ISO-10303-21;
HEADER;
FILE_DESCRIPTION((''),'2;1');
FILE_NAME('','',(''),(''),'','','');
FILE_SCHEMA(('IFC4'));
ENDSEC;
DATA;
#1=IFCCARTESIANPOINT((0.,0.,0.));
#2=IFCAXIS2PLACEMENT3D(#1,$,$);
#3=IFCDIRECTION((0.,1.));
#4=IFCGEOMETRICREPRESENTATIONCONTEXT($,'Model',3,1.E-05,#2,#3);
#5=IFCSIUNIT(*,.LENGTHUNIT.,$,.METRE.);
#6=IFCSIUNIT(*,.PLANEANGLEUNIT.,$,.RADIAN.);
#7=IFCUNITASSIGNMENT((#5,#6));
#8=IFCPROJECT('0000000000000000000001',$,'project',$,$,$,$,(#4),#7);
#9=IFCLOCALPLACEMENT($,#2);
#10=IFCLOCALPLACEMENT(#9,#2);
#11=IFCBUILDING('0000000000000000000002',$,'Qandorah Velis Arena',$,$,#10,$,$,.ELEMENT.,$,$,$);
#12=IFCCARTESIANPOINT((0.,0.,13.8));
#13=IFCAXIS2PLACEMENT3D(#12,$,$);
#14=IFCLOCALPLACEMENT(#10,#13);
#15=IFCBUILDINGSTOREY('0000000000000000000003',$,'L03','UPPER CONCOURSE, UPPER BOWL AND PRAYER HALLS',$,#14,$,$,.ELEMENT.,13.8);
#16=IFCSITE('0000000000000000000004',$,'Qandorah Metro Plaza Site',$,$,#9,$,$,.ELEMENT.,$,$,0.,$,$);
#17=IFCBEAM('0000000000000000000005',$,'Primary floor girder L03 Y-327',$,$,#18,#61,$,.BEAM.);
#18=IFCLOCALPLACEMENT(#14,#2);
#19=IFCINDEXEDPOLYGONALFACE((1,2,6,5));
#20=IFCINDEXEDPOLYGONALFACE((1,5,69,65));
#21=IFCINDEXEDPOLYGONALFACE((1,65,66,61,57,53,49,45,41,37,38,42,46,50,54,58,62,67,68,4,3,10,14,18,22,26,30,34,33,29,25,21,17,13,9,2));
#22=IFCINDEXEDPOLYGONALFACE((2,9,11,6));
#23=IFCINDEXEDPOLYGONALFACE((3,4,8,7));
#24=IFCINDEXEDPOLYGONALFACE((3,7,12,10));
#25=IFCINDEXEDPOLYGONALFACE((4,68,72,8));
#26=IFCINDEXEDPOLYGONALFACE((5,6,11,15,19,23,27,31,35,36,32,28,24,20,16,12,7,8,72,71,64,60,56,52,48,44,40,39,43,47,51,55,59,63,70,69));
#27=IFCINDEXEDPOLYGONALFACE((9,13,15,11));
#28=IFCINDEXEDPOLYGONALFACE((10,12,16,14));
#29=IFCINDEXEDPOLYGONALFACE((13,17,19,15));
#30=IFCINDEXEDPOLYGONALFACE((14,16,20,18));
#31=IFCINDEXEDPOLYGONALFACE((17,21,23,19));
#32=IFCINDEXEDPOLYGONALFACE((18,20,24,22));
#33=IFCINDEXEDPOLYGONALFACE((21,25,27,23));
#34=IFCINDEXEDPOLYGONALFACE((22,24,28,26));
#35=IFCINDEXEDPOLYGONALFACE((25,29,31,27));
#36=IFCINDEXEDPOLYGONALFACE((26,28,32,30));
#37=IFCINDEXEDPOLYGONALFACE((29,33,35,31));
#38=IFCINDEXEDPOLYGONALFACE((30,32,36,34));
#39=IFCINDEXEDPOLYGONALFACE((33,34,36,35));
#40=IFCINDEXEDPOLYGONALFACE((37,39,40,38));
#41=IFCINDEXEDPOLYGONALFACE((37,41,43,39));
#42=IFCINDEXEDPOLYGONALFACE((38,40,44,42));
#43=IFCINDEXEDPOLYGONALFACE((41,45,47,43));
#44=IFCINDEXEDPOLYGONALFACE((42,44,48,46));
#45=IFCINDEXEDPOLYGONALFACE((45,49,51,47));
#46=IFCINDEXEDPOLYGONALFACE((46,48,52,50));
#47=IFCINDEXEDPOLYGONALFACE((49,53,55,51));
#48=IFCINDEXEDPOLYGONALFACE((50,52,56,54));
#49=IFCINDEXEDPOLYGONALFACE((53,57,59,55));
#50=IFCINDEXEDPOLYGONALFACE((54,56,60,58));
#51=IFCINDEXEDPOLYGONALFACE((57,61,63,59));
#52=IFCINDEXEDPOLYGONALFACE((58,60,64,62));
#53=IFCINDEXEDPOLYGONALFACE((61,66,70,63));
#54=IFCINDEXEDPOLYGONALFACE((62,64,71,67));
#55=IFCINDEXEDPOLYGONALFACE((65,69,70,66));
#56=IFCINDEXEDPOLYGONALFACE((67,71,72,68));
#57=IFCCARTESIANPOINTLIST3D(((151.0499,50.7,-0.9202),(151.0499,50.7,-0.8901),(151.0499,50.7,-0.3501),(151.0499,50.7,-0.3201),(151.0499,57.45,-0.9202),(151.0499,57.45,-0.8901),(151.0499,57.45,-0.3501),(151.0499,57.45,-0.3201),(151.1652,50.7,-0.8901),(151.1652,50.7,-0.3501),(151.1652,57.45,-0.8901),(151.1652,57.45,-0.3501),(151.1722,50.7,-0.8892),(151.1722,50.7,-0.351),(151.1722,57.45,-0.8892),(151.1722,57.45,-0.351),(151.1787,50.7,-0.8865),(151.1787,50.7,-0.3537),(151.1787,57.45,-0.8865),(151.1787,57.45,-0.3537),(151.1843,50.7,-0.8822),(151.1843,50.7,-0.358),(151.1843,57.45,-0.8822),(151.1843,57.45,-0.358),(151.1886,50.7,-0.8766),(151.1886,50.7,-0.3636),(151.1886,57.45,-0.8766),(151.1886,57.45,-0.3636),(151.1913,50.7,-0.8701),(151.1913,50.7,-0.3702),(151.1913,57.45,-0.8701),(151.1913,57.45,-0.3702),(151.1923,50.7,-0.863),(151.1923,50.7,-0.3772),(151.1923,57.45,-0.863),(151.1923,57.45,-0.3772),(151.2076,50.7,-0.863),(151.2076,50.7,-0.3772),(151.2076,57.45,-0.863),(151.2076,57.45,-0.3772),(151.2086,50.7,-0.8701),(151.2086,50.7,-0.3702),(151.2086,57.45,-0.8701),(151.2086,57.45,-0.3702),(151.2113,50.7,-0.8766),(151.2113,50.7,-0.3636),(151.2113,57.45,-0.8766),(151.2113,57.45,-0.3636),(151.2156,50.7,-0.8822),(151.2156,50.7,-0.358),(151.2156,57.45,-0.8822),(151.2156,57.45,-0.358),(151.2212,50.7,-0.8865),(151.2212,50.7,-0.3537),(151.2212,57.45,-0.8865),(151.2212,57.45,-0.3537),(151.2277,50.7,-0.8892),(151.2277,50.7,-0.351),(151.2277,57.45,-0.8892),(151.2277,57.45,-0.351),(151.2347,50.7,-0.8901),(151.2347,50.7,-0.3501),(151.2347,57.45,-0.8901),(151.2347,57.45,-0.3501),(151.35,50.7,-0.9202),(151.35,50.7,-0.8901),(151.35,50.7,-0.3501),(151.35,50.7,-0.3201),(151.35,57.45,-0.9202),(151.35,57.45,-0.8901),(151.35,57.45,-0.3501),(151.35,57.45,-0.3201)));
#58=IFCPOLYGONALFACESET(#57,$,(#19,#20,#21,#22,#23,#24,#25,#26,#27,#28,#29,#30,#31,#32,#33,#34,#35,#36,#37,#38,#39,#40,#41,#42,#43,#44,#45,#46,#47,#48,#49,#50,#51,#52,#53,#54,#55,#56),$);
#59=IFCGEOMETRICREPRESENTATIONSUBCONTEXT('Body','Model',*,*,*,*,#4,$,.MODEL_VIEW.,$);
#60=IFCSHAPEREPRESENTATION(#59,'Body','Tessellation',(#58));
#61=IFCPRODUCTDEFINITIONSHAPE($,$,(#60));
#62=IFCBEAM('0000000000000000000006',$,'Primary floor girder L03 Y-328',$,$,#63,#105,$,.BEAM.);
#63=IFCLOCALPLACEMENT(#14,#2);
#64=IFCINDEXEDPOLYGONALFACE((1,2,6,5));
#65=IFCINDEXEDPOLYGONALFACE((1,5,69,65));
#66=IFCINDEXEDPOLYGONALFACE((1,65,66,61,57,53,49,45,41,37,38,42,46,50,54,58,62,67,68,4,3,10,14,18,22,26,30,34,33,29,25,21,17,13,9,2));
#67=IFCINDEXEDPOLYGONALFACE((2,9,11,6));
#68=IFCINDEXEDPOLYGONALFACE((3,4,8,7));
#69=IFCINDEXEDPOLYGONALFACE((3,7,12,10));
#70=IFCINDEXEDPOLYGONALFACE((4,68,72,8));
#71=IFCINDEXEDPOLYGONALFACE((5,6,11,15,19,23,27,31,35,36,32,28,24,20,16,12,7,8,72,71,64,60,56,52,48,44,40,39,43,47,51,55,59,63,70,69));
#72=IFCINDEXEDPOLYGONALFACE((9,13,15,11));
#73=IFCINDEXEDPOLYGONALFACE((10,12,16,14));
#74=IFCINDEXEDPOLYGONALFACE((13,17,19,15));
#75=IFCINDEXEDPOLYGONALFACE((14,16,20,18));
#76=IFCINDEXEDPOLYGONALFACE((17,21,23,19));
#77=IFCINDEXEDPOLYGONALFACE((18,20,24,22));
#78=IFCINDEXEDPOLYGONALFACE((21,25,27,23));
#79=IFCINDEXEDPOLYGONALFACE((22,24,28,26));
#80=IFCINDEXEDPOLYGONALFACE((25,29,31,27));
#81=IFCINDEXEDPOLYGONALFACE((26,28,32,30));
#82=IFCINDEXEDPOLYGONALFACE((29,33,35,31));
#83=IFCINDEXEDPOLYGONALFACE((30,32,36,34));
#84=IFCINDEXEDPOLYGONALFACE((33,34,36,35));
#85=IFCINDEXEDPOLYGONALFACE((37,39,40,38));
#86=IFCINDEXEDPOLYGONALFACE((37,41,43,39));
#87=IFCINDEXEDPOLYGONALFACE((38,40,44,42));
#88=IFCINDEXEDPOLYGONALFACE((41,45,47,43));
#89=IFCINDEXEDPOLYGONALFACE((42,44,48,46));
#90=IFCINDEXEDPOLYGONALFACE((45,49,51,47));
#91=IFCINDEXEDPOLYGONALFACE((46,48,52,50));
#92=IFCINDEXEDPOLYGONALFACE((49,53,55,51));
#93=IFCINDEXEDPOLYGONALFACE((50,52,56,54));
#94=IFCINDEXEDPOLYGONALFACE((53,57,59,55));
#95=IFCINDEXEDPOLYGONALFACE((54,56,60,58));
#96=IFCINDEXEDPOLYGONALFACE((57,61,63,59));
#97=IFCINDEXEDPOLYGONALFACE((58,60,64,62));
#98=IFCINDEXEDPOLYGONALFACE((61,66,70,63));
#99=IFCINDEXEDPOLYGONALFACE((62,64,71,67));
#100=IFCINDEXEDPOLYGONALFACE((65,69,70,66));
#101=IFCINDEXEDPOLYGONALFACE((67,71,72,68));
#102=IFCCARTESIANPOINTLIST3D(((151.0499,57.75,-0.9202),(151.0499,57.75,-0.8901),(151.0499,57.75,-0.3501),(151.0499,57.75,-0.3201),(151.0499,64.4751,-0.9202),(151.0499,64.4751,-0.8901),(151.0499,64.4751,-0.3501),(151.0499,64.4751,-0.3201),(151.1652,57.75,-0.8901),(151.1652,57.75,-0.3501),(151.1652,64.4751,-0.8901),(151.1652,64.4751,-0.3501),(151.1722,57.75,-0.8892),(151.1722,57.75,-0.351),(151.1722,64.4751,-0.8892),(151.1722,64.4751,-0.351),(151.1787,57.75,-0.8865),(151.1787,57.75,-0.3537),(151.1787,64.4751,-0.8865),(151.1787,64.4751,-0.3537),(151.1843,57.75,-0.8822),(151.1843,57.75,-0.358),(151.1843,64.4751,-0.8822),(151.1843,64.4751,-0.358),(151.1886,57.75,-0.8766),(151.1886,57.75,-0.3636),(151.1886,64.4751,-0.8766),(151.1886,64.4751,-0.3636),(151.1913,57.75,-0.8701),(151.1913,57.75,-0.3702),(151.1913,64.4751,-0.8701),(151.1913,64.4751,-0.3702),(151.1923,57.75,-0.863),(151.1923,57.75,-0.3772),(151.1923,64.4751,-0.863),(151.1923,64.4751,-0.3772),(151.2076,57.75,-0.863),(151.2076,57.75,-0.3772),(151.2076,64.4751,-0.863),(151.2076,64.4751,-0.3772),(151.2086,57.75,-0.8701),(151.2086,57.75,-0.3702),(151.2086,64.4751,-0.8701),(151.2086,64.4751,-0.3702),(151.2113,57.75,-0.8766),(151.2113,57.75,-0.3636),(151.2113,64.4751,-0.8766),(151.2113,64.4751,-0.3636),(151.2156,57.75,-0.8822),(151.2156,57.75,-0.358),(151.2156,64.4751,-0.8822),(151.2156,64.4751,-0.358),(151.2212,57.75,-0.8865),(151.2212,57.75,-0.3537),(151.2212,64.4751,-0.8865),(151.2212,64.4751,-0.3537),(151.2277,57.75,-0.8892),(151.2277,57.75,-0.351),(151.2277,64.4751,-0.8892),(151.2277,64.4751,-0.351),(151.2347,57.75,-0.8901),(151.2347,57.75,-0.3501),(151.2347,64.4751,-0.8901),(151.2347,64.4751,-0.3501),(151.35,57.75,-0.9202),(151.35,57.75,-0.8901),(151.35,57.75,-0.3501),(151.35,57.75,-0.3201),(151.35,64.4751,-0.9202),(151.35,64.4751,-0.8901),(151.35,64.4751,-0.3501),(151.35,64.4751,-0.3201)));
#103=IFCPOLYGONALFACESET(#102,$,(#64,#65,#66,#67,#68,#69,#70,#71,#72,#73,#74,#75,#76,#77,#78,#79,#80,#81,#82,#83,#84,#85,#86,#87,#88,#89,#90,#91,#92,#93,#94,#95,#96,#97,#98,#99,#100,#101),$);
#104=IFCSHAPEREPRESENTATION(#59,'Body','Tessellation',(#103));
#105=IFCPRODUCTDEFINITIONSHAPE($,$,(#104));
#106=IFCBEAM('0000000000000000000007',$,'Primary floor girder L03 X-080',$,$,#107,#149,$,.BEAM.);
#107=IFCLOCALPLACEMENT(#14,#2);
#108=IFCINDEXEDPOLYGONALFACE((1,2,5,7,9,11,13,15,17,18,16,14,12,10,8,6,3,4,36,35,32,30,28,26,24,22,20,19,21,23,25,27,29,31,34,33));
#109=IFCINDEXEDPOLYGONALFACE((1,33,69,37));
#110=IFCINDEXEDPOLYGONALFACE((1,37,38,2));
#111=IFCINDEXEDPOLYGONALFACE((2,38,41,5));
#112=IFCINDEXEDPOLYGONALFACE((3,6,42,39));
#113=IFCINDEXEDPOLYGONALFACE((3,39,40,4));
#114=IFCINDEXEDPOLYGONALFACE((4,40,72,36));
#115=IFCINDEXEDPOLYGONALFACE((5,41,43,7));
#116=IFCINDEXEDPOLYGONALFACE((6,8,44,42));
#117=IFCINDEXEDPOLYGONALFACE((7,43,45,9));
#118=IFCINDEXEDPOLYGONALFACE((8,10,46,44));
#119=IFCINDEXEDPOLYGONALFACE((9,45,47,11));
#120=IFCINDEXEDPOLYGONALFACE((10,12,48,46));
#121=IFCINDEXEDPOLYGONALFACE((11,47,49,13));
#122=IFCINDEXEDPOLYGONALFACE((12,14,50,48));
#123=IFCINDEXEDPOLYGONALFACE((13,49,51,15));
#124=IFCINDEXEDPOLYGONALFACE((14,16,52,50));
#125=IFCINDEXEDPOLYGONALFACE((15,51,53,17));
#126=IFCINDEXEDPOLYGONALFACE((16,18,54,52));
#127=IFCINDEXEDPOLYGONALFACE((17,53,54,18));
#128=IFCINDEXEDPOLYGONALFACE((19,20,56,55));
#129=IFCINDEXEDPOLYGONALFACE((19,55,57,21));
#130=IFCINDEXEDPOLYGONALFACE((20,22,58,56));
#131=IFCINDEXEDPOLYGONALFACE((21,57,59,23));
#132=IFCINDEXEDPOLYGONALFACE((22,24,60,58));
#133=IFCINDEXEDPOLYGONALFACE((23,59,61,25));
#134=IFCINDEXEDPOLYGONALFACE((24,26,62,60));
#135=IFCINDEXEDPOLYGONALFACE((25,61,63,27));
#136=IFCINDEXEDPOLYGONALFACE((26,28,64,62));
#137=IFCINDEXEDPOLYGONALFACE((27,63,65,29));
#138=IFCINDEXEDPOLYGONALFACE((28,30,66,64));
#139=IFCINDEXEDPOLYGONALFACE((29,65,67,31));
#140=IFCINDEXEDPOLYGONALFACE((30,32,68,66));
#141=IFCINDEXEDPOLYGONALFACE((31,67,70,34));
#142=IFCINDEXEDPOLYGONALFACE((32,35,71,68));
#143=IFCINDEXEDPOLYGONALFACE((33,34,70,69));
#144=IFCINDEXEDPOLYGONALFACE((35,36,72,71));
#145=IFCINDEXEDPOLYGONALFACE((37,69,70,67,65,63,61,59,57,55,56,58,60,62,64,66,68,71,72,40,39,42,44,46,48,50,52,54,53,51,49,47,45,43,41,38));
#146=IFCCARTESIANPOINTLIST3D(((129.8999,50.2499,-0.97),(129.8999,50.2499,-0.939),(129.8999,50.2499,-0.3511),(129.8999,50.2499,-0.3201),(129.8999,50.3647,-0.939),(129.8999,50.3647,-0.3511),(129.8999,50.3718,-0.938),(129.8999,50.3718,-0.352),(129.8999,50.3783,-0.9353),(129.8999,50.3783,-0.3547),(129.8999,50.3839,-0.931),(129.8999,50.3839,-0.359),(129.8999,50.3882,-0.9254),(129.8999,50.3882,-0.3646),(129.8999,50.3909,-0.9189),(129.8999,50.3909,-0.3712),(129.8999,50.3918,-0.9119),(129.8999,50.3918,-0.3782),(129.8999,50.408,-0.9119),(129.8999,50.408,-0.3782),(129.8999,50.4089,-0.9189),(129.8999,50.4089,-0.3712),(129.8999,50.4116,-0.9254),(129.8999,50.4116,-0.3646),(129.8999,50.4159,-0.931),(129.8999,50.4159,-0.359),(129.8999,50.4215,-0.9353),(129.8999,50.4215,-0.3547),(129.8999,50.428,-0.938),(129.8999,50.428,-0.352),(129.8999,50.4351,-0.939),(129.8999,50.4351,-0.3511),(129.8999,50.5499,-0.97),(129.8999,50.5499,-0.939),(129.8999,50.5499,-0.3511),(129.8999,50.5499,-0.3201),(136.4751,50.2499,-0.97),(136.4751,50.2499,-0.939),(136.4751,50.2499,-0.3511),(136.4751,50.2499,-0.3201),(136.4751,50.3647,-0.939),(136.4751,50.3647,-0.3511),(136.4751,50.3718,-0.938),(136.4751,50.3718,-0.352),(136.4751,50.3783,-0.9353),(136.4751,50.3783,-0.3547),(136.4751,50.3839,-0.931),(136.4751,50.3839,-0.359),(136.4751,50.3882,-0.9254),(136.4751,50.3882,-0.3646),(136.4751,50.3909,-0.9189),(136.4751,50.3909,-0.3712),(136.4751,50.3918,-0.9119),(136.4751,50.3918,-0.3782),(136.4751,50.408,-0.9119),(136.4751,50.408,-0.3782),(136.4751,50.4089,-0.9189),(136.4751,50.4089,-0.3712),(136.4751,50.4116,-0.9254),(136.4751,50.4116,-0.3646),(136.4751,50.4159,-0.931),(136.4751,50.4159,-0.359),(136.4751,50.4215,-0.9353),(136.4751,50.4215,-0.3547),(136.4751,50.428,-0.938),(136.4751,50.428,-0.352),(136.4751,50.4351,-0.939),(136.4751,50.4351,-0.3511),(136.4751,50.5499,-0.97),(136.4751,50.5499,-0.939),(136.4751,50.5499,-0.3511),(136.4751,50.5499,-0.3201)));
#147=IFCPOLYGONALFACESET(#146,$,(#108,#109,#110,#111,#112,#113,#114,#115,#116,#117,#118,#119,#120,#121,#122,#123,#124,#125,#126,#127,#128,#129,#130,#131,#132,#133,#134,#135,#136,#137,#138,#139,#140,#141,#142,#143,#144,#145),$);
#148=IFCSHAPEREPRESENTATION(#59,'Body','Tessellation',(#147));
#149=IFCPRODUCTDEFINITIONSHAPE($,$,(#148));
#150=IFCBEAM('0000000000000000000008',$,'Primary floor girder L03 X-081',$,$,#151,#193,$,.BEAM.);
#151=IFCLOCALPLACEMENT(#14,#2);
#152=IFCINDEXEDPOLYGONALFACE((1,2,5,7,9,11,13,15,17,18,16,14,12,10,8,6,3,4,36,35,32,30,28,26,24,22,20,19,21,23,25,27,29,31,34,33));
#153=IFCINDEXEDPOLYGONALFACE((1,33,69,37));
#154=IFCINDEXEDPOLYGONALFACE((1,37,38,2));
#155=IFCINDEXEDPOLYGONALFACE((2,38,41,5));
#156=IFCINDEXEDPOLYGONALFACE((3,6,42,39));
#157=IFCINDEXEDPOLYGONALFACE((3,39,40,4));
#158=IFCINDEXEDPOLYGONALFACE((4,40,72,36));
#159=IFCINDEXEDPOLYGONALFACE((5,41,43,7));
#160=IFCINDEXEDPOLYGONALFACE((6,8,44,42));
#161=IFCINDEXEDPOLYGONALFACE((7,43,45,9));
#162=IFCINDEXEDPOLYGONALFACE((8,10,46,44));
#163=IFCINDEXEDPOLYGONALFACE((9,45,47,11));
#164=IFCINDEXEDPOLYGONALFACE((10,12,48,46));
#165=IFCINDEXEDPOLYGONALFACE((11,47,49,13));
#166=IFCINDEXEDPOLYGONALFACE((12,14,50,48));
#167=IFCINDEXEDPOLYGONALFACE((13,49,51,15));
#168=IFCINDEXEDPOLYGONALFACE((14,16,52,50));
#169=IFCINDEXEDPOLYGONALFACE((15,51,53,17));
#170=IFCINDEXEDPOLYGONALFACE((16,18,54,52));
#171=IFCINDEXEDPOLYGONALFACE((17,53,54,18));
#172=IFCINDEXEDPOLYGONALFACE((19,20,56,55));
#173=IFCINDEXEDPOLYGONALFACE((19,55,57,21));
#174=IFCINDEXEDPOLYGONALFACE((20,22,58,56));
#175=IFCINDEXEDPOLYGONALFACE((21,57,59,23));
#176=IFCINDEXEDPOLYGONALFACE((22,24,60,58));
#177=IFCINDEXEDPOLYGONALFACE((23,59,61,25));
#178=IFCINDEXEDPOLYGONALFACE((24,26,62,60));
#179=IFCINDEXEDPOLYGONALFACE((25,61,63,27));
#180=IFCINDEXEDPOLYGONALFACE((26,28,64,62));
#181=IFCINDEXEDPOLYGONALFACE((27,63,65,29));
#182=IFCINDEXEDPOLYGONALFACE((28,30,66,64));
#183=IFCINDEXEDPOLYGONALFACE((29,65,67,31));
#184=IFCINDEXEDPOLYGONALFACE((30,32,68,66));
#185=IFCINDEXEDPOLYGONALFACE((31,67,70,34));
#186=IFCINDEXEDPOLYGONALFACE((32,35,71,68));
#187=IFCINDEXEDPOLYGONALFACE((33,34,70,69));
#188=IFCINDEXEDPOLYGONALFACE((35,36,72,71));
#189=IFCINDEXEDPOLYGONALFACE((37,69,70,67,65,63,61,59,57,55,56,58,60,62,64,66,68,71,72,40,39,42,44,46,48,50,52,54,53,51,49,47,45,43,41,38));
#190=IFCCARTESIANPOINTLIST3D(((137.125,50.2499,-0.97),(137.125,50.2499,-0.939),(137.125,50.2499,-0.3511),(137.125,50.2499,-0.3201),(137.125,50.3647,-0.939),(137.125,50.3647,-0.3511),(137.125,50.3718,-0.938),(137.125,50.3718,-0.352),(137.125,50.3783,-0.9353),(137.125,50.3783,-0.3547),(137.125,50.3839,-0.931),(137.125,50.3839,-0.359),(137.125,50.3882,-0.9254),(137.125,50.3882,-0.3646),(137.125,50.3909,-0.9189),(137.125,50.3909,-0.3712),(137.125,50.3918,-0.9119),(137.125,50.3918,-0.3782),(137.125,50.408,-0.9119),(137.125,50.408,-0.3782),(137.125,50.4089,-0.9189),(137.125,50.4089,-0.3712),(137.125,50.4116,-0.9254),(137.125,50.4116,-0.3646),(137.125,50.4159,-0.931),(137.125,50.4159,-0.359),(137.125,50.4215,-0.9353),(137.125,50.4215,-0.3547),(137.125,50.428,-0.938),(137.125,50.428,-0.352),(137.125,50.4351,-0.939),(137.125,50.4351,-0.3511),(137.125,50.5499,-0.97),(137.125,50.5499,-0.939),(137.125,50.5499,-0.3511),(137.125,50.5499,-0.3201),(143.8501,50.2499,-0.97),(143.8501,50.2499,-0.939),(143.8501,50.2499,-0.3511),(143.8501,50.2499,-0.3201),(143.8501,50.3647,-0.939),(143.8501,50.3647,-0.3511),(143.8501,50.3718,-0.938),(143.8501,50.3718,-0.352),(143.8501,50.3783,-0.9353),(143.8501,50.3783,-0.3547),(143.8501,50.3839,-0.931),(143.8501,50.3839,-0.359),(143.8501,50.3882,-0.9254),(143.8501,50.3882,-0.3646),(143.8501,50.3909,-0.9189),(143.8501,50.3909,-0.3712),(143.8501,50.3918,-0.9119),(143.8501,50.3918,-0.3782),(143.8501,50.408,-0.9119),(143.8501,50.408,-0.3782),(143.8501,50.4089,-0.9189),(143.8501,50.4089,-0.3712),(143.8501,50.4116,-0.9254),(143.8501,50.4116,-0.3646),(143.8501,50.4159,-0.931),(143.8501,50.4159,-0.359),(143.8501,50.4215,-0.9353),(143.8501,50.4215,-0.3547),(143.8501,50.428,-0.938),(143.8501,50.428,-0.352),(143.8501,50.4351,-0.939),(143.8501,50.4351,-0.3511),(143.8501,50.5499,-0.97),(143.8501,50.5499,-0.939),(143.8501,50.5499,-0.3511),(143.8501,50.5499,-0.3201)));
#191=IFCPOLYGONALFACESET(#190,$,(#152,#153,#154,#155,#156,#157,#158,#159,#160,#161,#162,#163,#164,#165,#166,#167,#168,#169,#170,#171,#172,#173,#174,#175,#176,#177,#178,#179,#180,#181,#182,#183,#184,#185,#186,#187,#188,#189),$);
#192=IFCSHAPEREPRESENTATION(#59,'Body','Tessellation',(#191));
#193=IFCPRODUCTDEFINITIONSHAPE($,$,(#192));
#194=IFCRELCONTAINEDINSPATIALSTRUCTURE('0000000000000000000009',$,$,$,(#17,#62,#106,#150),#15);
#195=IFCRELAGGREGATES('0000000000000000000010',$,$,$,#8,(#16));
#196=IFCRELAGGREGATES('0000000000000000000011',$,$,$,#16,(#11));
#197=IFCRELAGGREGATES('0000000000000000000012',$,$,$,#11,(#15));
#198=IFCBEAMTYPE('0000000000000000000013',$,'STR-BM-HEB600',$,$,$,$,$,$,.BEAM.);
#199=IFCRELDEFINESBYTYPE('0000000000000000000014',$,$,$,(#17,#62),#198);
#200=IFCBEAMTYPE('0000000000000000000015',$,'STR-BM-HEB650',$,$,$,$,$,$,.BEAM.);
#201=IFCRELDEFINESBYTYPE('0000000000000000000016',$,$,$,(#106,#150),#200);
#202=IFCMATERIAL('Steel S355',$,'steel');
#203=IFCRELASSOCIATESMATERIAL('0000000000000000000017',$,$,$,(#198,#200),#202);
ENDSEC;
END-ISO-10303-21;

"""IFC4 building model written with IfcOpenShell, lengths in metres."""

from ifc_helpers import new_model, si_unit, direction, frame, origin, origin_2d, place, context, subcontext, project, spatial, i_section, extrude, material, material_profile, profile_set, type_object, element, save


model = new_model("IFC4")

# Units and contexts
model_context = context("Model", 3, precision=1e-05, world=origin(), true_north=direction((0.0, 1.0)))
body_context = subcontext(model_context, "Body", "Model", "MODEL_VIEW")
ifc_project = project(units=[si_unit("LENGTHUNIT", "METRE"), si_unit("PLANEANGLEUNIT", "RADIAN")], contexts=[model_context])

# Site, building, storey
site_placement = place(None, origin())
site = spatial("IfcSite", under=ifc_project, at=site_placement, Name="Qandorah Metro Plaza Site", CompositionType="ELEMENT", RefElevation=0.0)
building_placement = place(site_placement, origin())
building = spatial("IfcBuilding", under=site, at=building_placement, Name="Qandorah Velis Arena", CompositionType="ELEMENT")
storey_placement = place(building_placement, frame((0.0, 0.0, 13.8)))
storey = spatial("IfcBuildingStorey", under=building, at=storey_placement, Name="L03", Description="UPPER CONCOURSE, UPPER BOWL AND PRAYER HALLS", CompositionType="ELEMENT", Elevation=13.8)

# Beams
ifc_material_1 = material(Name="Steel S355", Category="steel")
ifc_material_profile_1 = material_profile(ifc_material_1, i_section(OverallWidth=0.3, OverallDepth=0.6001, WebThickness=0.0154, FlangeThickness=0.03, FilletRadius=0.0271, at=origin_2d()), Name="HEB 600")
ifc_profile_set_1 = profile_set([ifc_material_profile_1], Name="Steel S355")
beam_type_1 = type_object("IfcBeamType", Name="STR-BM-HEB600", PredefinedType="BEAM", material=ifc_profile_set_1)
beam_1_placement = place(storey_placement, frame((151.2, 50.7, -0.6201), z_axis=(0.0, 1.0, 0.0), x_axis=(-1.0, 0.0, 0.0)))
element("IfcBeam", 1, at=beam_1_placement, inside=storey, type_object=beam_type_1, Name="Primary floor girder L03 Y-327", PredefinedType="BEAM", context=body_context, shape_type="SweptSolid", body=[
    extrude(i_section(OverallWidth=0.3, OverallDepth=0.6001, WebThickness=0.0154, FlangeThickness=0.03, FilletRadius=0.0271, at=origin_2d()), origin(), (0.0, 0.0, 1.0), 6.75),
])
beam_2_placement = place(storey_placement, frame((151.2, 57.75, -0.6201), z_axis=(0.0, 1.0, 0.0), x_axis=(-1.0, 0.0, 0.0)))
element("IfcBeam", 2, at=beam_2_placement, inside=storey, type_object=beam_type_1, Name="Primary floor girder L03 Y-328", PredefinedType="BEAM", context=body_context, shape_type="SweptSolid", body=[
    extrude(i_section(OverallWidth=0.3, OverallDepth=0.6001, WebThickness=0.0154, FlangeThickness=0.03, FilletRadius=0.0271, at=origin_2d()), origin(), (0.0, 0.0, 1.0), 6.7251),
])
ifc_material_profile_2 = material_profile(ifc_material_1, i_section(OverallWidth=0.3, OverallDepth=0.6499, WebThickness=0.0161, FlangeThickness=0.031, FilletRadius=0.0271, at=origin_2d()), Name="HEB 650")
ifc_profile_set_2 = profile_set([ifc_material_profile_2], Name="Steel S355")
beam_type_2 = type_object("IfcBeamType", Name="STR-BM-HEB650", PredefinedType="BEAM", material=ifc_profile_set_2)
beam_3_placement = place(storey_placement, frame((129.8999, 50.3999, -0.645), z_axis=(1.0, 0.0, 0.0), x_axis=(0.0, 1.0, 0.0)))
element("IfcBeam", 3, at=beam_3_placement, inside=storey, type_object=beam_type_2, Name="Primary floor girder L03 X-080", PredefinedType="BEAM", context=body_context, shape_type="SweptSolid", body=[
    extrude(i_section(OverallWidth=0.3, OverallDepth=0.6499, WebThickness=0.0161, FlangeThickness=0.031, FilletRadius=0.0271, at=origin_2d()), origin(), (0.0, 0.0, 1.0), 6.5752),
])
beam_4_placement = place(storey_placement, frame((137.125, 50.3999, -0.645), z_axis=(1.0, 0.0, 0.0), x_axis=(0.0, 1.0, 0.0)))
element("IfcBeam", 4, at=beam_4_placement, inside=storey, type_object=beam_type_2, Name="Primary floor girder L03 X-081", PredefinedType="BEAM", context=body_context, shape_type="SweptSolid", body=[
    extrude(i_section(OverallWidth=0.3, OverallDepth=0.6499, WebThickness=0.0161, FlangeThickness=0.031, FilletRadius=0.0271, at=origin_2d()), origin(), (0.0, 0.0, 1.0), 6.7251),
])

save(model, "model.ifc")
